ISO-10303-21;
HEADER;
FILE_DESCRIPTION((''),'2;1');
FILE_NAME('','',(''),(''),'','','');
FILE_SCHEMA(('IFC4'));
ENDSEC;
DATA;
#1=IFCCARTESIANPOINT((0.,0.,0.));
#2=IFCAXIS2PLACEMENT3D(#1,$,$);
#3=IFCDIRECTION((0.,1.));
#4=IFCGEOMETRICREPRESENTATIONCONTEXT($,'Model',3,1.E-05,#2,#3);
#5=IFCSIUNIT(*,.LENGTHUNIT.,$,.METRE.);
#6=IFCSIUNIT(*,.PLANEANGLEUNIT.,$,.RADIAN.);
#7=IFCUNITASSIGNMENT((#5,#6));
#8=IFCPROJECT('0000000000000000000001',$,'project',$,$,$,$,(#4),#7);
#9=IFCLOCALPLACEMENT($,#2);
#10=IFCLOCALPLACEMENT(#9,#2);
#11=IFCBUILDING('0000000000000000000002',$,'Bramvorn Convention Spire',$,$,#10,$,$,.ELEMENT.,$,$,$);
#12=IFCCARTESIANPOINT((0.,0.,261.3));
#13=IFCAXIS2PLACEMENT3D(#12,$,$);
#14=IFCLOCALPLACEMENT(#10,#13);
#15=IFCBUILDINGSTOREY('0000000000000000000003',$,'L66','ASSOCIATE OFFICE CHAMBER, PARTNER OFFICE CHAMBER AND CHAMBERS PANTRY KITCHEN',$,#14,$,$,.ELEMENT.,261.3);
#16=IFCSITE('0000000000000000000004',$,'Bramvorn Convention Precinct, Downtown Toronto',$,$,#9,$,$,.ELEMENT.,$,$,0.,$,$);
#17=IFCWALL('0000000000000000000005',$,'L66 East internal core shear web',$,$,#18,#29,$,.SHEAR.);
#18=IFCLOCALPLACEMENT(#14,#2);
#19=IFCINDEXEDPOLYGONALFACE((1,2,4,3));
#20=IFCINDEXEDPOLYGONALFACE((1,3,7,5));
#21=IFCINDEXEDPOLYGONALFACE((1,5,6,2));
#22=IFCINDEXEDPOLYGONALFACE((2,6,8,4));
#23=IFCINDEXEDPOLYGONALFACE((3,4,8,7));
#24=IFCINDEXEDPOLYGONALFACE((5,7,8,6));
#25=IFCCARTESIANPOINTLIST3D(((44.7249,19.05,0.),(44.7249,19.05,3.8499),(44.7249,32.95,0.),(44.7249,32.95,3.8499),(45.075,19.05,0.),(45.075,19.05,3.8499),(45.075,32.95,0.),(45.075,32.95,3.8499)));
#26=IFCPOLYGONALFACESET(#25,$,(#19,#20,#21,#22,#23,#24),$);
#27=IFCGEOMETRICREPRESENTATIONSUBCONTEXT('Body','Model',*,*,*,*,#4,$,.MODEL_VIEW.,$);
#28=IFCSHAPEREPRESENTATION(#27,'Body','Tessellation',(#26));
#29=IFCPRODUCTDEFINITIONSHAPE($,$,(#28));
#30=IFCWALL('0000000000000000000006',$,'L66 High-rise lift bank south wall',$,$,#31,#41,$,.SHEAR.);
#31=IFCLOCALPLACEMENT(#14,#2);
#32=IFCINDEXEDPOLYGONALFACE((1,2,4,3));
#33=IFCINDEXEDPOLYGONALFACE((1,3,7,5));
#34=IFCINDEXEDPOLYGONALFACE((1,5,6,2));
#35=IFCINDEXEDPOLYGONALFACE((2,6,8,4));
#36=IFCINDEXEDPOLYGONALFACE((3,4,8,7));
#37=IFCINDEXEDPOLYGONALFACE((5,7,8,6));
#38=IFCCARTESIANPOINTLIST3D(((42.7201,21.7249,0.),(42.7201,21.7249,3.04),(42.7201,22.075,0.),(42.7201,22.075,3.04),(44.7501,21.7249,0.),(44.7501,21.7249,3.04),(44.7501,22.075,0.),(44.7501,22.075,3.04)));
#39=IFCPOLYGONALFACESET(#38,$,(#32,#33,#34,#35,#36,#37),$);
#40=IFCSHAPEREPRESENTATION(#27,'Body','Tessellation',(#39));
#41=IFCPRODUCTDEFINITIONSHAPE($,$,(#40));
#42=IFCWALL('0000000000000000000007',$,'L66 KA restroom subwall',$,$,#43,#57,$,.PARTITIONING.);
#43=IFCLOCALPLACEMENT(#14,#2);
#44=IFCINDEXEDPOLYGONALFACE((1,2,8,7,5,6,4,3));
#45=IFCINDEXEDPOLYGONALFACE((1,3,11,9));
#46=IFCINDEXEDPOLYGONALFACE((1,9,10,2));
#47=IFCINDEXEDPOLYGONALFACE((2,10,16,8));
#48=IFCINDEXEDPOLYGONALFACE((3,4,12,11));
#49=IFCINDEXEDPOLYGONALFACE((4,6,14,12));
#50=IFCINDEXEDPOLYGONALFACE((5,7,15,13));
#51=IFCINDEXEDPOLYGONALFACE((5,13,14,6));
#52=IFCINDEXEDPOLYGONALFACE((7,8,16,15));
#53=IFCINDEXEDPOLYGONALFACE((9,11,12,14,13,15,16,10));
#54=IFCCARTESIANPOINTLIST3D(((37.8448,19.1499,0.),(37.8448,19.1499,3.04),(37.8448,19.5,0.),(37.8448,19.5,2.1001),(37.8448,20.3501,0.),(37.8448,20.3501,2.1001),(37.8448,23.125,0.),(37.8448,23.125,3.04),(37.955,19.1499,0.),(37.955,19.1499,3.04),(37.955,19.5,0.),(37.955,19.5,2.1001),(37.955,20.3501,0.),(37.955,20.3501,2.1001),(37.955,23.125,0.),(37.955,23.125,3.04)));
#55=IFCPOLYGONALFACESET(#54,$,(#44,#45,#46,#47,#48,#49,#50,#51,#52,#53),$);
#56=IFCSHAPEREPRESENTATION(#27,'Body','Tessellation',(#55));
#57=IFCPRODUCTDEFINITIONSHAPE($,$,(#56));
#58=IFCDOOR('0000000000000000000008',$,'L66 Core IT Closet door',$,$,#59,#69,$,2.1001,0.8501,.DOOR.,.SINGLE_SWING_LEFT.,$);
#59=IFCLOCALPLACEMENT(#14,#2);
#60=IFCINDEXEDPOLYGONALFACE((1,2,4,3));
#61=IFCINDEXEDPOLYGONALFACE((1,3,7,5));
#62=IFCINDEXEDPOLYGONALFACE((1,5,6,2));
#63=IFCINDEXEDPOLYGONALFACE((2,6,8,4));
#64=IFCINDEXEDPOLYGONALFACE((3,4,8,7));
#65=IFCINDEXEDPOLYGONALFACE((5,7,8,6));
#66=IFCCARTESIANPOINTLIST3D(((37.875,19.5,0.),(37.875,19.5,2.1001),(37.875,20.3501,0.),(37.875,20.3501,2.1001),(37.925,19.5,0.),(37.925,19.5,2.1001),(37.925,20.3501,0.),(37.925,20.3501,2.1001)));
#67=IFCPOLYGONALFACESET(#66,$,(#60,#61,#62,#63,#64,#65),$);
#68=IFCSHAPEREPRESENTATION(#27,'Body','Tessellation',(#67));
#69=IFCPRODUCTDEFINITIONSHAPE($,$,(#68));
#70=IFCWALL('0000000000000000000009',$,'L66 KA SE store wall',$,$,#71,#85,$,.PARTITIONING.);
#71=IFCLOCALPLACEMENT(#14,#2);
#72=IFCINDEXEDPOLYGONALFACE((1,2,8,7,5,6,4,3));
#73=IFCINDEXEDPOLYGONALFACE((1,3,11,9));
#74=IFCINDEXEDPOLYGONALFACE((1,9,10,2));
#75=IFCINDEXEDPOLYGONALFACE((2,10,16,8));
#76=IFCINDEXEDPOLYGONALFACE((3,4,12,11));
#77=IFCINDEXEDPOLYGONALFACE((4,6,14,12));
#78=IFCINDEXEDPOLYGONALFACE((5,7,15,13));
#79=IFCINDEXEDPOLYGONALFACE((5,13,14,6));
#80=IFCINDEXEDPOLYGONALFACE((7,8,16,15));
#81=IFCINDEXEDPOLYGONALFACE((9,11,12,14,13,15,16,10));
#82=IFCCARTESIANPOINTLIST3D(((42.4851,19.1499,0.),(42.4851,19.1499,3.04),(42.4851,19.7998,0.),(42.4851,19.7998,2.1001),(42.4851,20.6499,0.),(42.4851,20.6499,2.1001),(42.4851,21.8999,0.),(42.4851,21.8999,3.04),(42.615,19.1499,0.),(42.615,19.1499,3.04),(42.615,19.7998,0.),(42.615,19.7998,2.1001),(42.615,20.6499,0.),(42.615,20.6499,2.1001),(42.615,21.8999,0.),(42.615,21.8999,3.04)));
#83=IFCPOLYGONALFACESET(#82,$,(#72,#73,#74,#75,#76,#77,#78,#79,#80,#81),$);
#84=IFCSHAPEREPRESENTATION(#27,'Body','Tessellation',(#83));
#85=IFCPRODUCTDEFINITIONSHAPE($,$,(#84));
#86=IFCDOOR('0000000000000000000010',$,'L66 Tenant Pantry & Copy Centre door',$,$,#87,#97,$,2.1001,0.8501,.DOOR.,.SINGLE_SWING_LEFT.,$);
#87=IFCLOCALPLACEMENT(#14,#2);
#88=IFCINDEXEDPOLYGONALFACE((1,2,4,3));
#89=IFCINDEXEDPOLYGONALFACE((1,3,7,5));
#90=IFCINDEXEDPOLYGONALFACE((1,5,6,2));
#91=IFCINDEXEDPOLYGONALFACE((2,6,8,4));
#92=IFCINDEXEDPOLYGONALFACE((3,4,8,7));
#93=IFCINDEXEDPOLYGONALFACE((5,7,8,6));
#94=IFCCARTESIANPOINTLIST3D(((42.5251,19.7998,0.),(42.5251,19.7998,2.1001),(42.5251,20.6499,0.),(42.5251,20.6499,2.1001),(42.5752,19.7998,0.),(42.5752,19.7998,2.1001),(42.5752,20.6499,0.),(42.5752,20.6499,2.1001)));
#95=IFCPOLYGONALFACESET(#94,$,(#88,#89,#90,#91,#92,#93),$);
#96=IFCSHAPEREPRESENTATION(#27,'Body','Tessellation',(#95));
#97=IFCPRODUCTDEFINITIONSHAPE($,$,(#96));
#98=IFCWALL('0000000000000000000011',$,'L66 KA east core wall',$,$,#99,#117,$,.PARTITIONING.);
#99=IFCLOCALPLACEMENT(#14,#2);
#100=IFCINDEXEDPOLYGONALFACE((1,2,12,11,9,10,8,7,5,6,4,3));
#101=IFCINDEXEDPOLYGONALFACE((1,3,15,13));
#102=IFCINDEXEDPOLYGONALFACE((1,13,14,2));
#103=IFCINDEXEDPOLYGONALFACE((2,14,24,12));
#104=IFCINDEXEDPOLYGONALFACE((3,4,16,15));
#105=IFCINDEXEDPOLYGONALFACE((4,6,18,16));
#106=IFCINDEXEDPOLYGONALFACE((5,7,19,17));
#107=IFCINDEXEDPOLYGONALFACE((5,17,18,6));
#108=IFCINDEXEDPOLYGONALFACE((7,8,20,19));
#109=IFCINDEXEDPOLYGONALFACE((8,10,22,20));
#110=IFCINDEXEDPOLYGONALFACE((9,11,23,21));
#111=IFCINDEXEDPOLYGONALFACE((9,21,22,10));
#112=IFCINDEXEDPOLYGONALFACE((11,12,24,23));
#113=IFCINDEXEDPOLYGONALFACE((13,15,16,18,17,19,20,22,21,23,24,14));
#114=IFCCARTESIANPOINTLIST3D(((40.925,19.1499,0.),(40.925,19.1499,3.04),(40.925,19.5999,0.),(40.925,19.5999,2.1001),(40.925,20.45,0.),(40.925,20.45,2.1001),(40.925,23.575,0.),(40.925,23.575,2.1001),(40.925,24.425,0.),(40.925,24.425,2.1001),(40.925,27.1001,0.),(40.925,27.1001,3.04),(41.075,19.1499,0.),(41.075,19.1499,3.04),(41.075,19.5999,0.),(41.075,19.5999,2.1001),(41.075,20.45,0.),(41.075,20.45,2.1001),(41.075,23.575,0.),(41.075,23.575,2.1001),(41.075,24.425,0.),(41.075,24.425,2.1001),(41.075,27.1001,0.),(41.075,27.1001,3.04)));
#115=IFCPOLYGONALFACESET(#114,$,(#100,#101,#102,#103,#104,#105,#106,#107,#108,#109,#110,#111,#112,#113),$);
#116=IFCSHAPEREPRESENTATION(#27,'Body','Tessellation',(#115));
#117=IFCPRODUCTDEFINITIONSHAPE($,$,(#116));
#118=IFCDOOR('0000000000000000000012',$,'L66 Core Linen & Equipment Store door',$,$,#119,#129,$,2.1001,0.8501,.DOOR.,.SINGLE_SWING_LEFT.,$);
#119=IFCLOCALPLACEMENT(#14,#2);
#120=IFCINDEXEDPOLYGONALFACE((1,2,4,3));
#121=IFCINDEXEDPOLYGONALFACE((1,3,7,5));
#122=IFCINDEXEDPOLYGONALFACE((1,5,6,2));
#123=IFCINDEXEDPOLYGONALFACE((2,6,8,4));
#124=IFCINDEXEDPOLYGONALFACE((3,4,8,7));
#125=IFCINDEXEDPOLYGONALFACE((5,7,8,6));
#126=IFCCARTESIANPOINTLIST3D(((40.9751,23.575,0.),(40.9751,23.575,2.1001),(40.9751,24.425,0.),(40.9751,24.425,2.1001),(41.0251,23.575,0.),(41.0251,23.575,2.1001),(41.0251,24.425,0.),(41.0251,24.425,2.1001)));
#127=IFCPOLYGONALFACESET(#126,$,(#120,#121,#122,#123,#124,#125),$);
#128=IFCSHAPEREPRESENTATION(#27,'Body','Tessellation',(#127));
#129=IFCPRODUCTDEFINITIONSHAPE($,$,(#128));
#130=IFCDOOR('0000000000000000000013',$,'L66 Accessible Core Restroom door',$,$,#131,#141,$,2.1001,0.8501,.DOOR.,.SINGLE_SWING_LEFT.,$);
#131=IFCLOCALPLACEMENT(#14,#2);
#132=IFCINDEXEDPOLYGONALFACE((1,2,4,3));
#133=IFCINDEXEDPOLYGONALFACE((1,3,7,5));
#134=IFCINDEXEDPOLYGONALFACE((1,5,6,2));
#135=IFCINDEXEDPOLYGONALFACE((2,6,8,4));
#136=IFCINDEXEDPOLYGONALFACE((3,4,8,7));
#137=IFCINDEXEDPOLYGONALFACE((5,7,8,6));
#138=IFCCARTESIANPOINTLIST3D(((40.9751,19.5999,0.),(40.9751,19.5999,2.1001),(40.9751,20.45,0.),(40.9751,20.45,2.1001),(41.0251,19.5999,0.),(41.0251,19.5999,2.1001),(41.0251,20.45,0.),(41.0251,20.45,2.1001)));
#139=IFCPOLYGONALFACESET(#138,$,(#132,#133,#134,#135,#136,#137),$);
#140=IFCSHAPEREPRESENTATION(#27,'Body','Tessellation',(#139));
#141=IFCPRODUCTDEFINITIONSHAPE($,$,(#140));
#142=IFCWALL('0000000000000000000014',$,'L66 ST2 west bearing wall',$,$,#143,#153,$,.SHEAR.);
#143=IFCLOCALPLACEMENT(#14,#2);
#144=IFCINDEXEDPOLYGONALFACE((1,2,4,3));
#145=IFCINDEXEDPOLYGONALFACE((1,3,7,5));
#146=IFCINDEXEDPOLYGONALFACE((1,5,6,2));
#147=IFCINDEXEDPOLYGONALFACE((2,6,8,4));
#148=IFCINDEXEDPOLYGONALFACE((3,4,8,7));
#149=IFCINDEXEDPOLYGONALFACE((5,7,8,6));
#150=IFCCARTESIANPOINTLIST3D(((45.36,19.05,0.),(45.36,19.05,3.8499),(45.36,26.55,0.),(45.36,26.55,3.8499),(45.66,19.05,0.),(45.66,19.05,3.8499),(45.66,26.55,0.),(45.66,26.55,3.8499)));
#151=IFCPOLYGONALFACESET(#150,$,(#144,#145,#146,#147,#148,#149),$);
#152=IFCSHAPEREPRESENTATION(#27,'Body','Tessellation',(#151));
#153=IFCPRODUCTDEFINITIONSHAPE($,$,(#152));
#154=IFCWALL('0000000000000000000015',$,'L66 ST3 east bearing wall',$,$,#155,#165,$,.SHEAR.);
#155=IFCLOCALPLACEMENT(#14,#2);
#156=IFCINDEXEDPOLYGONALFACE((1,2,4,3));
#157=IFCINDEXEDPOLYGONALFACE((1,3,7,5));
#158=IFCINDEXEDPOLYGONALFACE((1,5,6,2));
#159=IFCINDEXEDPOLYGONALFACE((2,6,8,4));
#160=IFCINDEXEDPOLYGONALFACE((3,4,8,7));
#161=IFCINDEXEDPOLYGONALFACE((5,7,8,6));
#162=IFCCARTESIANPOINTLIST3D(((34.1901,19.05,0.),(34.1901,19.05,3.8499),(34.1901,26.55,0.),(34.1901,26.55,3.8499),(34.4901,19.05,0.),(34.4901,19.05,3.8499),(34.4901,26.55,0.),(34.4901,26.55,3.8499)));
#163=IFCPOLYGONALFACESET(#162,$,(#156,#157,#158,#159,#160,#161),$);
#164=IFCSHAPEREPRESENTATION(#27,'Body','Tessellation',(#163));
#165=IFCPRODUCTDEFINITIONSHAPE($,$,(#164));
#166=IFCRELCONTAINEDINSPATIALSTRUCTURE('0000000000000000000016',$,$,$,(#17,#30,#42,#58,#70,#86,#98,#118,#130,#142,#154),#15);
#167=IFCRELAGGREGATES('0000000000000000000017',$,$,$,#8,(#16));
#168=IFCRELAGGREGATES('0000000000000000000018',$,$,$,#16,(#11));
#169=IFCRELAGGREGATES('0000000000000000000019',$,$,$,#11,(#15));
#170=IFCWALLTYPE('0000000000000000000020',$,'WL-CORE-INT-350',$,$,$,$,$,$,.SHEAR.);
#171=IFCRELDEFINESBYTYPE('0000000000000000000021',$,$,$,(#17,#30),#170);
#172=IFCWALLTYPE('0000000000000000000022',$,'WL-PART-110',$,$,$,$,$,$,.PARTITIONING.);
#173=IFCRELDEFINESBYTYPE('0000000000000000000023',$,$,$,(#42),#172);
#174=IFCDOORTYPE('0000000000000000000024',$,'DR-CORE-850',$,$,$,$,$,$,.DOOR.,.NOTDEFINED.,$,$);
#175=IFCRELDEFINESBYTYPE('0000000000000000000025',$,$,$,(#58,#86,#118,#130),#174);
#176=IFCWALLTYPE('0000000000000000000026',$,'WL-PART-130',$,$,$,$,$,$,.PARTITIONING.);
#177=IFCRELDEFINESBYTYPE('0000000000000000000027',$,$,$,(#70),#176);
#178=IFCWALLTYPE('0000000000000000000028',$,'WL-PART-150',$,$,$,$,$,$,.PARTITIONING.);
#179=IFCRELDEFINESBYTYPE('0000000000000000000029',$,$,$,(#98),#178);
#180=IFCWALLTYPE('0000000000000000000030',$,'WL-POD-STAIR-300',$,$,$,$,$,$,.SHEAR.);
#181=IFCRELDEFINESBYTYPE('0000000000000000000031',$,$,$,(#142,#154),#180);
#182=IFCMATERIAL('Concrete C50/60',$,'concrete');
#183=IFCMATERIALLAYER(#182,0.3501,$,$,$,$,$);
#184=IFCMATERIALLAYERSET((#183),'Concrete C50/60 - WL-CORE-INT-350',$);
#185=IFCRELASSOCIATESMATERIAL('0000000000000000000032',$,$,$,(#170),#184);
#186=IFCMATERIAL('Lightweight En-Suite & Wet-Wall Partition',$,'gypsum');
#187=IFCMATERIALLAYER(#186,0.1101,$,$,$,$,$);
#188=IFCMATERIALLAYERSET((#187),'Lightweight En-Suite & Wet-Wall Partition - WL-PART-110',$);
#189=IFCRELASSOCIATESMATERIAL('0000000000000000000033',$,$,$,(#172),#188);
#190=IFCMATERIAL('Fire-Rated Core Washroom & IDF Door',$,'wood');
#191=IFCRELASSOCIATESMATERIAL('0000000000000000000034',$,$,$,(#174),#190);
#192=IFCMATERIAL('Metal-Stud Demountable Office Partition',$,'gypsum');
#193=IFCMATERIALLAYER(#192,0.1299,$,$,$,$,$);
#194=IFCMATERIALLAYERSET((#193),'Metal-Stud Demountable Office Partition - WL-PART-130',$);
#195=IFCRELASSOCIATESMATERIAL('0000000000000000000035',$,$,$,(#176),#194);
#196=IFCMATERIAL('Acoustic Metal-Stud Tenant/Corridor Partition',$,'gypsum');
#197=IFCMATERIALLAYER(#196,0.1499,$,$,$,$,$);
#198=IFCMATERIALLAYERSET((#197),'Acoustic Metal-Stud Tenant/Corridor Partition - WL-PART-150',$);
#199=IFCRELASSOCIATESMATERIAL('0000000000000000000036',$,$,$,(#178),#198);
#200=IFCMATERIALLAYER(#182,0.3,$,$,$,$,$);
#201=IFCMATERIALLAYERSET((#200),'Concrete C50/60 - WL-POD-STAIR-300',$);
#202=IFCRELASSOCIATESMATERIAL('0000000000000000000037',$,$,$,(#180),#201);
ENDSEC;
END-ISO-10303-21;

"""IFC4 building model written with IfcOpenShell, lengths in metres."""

from ifc_helpers import new_model, si_unit, direction, frame, frame_2d, origin, place, context, subcontext, project, spatial, rectangle, extrude, material, layer, layer_set, type_object, element, fill, save


model = new_model("IFC4")

# Units and contexts
model_context = context("Model", 3, precision=1e-05, world=origin(), true_north=direction((0.0, 1.0)))
body_context = subcontext(model_context, "Body", "Model", "MODEL_VIEW")
ifc_project = project(units=[si_unit("LENGTHUNIT", "METRE"), si_unit("PLANEANGLEUNIT", "RADIAN")], contexts=[model_context])

# Site, building, storey
site_placement = place(None, origin())
site = spatial("IfcSite", under=ifc_project, at=site_placement, Name="Bramvorn Convention Precinct, Downtown Toronto", CompositionType="ELEMENT", RefElevation=0.0)
building_placement = place(site_placement, origin())
building = spatial("IfcBuilding", under=site, at=building_placement, Name="Bramvorn Convention Spire", CompositionType="ELEMENT")
storey_placement = place(building_placement, frame((0.0, 0.0, 261.3)))
storey = spatial("IfcBuildingStorey", under=building, at=storey_placement, Name="L66", Description="ASSOCIATE OFFICE CHAMBER, PARTNER OFFICE CHAMBER AND CHAMBERS PANTRY KITCHEN", CompositionType="ELEMENT", Elevation=261.3)

# Shared definitions
ifc_material_1 = material(Name="Concrete C50/60", Category="concrete")

# Wall
ifc_layer_1 = layer(ifc_material_1, 0.3501)
ifc_layer_set_1 = layer_set([ifc_layer_1], Name="Concrete C50/60 - WL-CORE-INT-350")
wall_type_1 = type_object("IfcWallType", Name="WL-CORE-INT-350", PredefinedType="SHEAR", material=ifc_layer_set_1)
wall_1_placement = place(storey_placement, frame((44.8999, 19.05, 0.0), z_axis=(0.0, 0.0, 1.0), x_axis=(0.0, 1.0, 0.0)))
element("IfcWall", 1, at=wall_1_placement, inside=storey, type_object=wall_type_1, Name="L66 East internal core shear web", PredefinedType="SHEAR", context=body_context, shape_type="SweptSolid", body=[
    extrude(rectangle(XDim=13.8999, YDim=0.3501, at=frame_2d((6.95, 0.0))), origin(), (0.0, 0.0, 1.0), 3.8499),
])

# Wall
wall_2_placement = place(storey_placement, frame((42.72, 21.8999, 0.0), z_axis=(0.0, 0.0, 1.0), x_axis=(1.0, 0.0, 0.0)))
element("IfcWall", 2, at=wall_2_placement, inside=storey, type_object=wall_type_1, Name="L66 High-rise lift bank south wall", PredefinedType="SHEAR", context=body_context, shape_type="SweptSolid", body=[
    extrude(rectangle(XDim=2.03, YDim=0.3501, at=frame_2d((1.0151, 0.0))), origin(), (0.0, 0.0, 1.0), 3.04),
])

# Walls, openings, doors
ifc_material_2 = material(Name="Lightweight En-Suite & Wet-Wall Partition", Category="gypsum")
ifc_layer_2 = layer(ifc_material_2, 0.1101)
ifc_layer_set_2 = layer_set([ifc_layer_2], Name="Lightweight En-Suite & Wet-Wall Partition - WL-PART-110")
wall_type_2 = type_object("IfcWallType", Name="WL-PART-110", PredefinedType="PARTITIONING", material=ifc_layer_set_2)
wall_3_placement = place(storey_placement, frame((37.8999, 19.1499, 0.0), z_axis=(0.0, 0.0, 1.0), x_axis=(0.0, 1.0, 0.0)))
wall_3 = element("IfcWall", 3, at=wall_3_placement, inside=storey, type_object=wall_type_2, Name="L66 KA restroom subwall", PredefinedType="PARTITIONING", context=body_context, shape_type="SweptSolid", body=[
    extrude(rectangle(XDim=3.9751, YDim=0.1101, at=frame_2d((1.9875, 0.0))), origin(), (0.0, 0.0, 1.0), 3.04),
])
opening_1_placement = place(wall_3_placement, frame((0.3501, 0.0, 0.0)))
opening_1 = element("IfcOpeningElement", 4, at=opening_1_placement, cuts=wall_3, PredefinedType="OPENING", context=body_context, shape_type="SweptSolid", body=[
    extrude(rectangle(XDim=0.8501, YDim=2.1001, at=frame_2d((0.425, 1.05))), frame((0.0, 0.0649, 0.0), z_axis=(0.0, -1.0, 0.0), x_axis=(1.0, 0.0, 0.0)), (0.0, 0.0, 1.0), 0.1301),
])
ifc_material_3 = material(Name="Fire-Rated Core Washroom & IDF Door", Category="wood")
door_type_1 = type_object("IfcDoorType", Name="DR-CORE-850", OperationType="NOTDEFINED", PredefinedType="DOOR", material=ifc_material_3)
door_1_placement = place(opening_1_placement, origin())
door_1 = element("IfcDoor", 5, at=door_1_placement, inside=storey, type_object=door_type_1, Name="L66 Core IT Closet door", OperationType="SINGLE_SWING_LEFT", OverallHeight=2.1001, OverallWidth=0.8501, PredefinedType="DOOR", context=body_context, shape_type="SweptSolid", body=[
    extrude(rectangle(XDim=0.8501, YDim=2.1001, at=frame_2d((0.425, 1.05))), frame((0.0, 0.0249, 0.0), z_axis=(0.0, -1.0, 0.0), x_axis=(1.0, 0.0, 0.0)), (0.0, 0.0, 1.0), 0.05),
])
fill(opening_1, door_1)
ifc_material_4 = material(Name="Metal-Stud Demountable Office Partition", Category="gypsum")
ifc_layer_3 = layer(ifc_material_4, 0.1299)
ifc_layer_set_3 = layer_set([ifc_layer_3], Name="Metal-Stud Demountable Office Partition - WL-PART-130")
wall_type_3 = type_object("IfcWallType", Name="WL-PART-130", PredefinedType="PARTITIONING", material=ifc_layer_set_3)
wall_4_placement = place(storey_placement, frame((42.55, 19.1499, 0.0), z_axis=(0.0, 0.0, 1.0), x_axis=(0.0, 1.0, 0.0)))
wall_4 = element("IfcWall", 6, at=wall_4_placement, inside=storey, type_object=wall_type_3, Name="L66 KA SE store wall", PredefinedType="PARTITIONING", context=body_context, shape_type="SweptSolid", body=[
    extrude(rectangle(XDim=2.75, YDim=0.1299, at=frame_2d((1.375, 0.0))), origin(), (0.0, 0.0, 1.0), 3.04),
])
opening_2_placement = place(wall_4_placement, frame((0.6499, 0.0, 0.0)))
opening_2 = element("IfcOpeningElement", 7, at=opening_2_placement, cuts=wall_4, PredefinedType="OPENING", context=body_context, shape_type="SweptSolid", body=[
    extrude(rectangle(XDim=0.8501, YDim=2.1001, at=frame_2d((0.425, 1.05))), frame((0.0, 0.075, 0.0), z_axis=(0.0, -1.0, 0.0), x_axis=(1.0, 0.0, 0.0)), (0.0, 0.0, 1.0), 0.1499),
])
door_2_placement = place(opening_2_placement, origin())
door_2 = element("IfcDoor", 8, at=door_2_placement, inside=storey, type_object=door_type_1, Name="L66 Tenant Pantry & Copy Centre door", OperationType="SINGLE_SWING_LEFT", OverallHeight=2.1001, OverallWidth=0.8501, PredefinedType="DOOR", context=body_context, shape_type="SweptSolid", body=[
    extrude(rectangle(XDim=0.8501, YDim=2.1001, at=frame_2d((0.425, 1.05))), frame((0.0, 0.0249, 0.0), z_axis=(0.0, -1.0, 0.0), x_axis=(1.0, 0.0, 0.0)), (0.0, 0.0, 1.0), 0.05),
])
fill(opening_2, door_2)

# Wall, openings, doors
ifc_material_5 = material(Name="Acoustic Metal-Stud Tenant/Corridor Partition", Category="gypsum")
ifc_layer_4 = layer(ifc_material_5, 0.1499)
ifc_layer_set_4 = layer_set([ifc_layer_4], Name="Acoustic Metal-Stud Tenant/Corridor Partition - WL-PART-150")
wall_type_4 = type_object("IfcWallType", Name="WL-PART-150", PredefinedType="PARTITIONING", material=ifc_layer_set_4)
wall_5_placement = place(storey_placement, frame((41.0, 19.1499, 0.0), z_axis=(0.0, 0.0, 1.0), x_axis=(0.0, 1.0, 0.0)))
wall_5 = element("IfcWall", 9, at=wall_5_placement, inside=storey, type_object=wall_type_4, Name="L66 KA east core wall", PredefinedType="PARTITIONING", context=body_context, shape_type="SweptSolid", body=[
    extrude(rectangle(XDim=7.9502, YDim=0.1499, at=frame_2d((3.9751, 0.0))), origin(), (0.0, 0.0, 1.0), 3.04),
])
opening_3_placement = place(wall_5_placement, frame((4.425, 0.0, 0.0)))
opening_3 = element("IfcOpeningElement", 10, at=opening_3_placement, cuts=wall_5, PredefinedType="OPENING", context=body_context, shape_type="SweptSolid", body=[
    extrude(rectangle(XDim=0.8501, YDim=2.1001, at=frame_2d((0.425, 1.05))), frame((0.0, 0.085, 0.0), z_axis=(0.0, -1.0, 0.0), x_axis=(1.0, 0.0, 0.0)), (0.0, 0.0, 1.0), 0.1699),
])
opening_4_placement = place(wall_5_placement, frame((0.45, 0.0, 0.0)))
opening_4 = element("IfcOpeningElement", 11, at=opening_4_placement, cuts=wall_5, PredefinedType="OPENING", context=body_context, shape_type="SweptSolid", body=[
    extrude(rectangle(XDim=0.8501, YDim=2.1001, at=frame_2d((0.425, 1.05))), frame((0.0, 0.085, 0.0), z_axis=(0.0, -1.0, 0.0), x_axis=(1.0, 0.0, 0.0)), (0.0, 0.0, 1.0), 0.1699),
])
door_3_placement = place(opening_3_placement, origin())
door_3 = element("IfcDoor", 12, at=door_3_placement, inside=storey, type_object=door_type_1, Name="L66 Core Linen & Equipment Store door", OperationType="SINGLE_SWING_LEFT", OverallHeight=2.1001, OverallWidth=0.8501, PredefinedType="DOOR", context=body_context, shape_type="SweptSolid", body=[
    extrude(rectangle(XDim=0.8501, YDim=2.1001, at=frame_2d((0.425, 1.05))), frame((0.0, 0.0249, 0.0), z_axis=(0.0, -1.0, 0.0), x_axis=(1.0, 0.0, 0.0)), (0.0, 0.0, 1.0), 0.05),
])
fill(opening_3, door_3)
door_4_placement = place(opening_4_placement, origin())
door_4 = element("IfcDoor", 13, at=door_4_placement, inside=storey, type_object=door_type_1, Name="L66 Accessible Core Restroom door", OperationType="SINGLE_SWING_LEFT", OverallHeight=2.1001, OverallWidth=0.8501, PredefinedType="DOOR", context=body_context, shape_type="SweptSolid", body=[
    extrude(rectangle(XDim=0.8501, YDim=2.1001, at=frame_2d((0.425, 1.05))), frame((0.0, 0.0249, 0.0), z_axis=(0.0, -1.0, 0.0), x_axis=(1.0, 0.0, 0.0)), (0.0, 0.0, 1.0), 0.05),
])
fill(opening_4, door_4)

# Walls
ifc_layer_5 = layer(ifc_material_1, 0.3)
ifc_layer_set_5 = layer_set([ifc_layer_5], Name="Concrete C50/60 - WL-POD-STAIR-300")
wall_type_5 = type_object("IfcWallType", Name="WL-POD-STAIR-300", PredefinedType="SHEAR", material=ifc_layer_set_5)
for number, where, z_axis, x_axis, name in (
    (14, (45.51, 19.05, 0.0), (0.0, 0.0, 1.0), (0.0, 1.0, 0.0), "L66 ST2 west bearing wall"),
    (15, (34.3401, 19.05, 0.0), (0.0, 0.0, 1.0), (0.0, 1.0, 0.0), "L66 ST3 east bearing wall"),
):
    element("IfcWall", number, at=place(storey_placement, frame(where, z_axis=z_axis, x_axis=x_axis)), inside=storey, type_object=wall_type_5, Name=name, PredefinedType="SHEAR", context=body_context, shape_type="SweptSolid", body=[
        extrude(rectangle(XDim=7.5, YDim=0.3, at=frame_2d((3.75, 0.0))), origin(), (0.0, 0.0, 1.0), 3.8499),
    ])

save(model, "model.ifc")
